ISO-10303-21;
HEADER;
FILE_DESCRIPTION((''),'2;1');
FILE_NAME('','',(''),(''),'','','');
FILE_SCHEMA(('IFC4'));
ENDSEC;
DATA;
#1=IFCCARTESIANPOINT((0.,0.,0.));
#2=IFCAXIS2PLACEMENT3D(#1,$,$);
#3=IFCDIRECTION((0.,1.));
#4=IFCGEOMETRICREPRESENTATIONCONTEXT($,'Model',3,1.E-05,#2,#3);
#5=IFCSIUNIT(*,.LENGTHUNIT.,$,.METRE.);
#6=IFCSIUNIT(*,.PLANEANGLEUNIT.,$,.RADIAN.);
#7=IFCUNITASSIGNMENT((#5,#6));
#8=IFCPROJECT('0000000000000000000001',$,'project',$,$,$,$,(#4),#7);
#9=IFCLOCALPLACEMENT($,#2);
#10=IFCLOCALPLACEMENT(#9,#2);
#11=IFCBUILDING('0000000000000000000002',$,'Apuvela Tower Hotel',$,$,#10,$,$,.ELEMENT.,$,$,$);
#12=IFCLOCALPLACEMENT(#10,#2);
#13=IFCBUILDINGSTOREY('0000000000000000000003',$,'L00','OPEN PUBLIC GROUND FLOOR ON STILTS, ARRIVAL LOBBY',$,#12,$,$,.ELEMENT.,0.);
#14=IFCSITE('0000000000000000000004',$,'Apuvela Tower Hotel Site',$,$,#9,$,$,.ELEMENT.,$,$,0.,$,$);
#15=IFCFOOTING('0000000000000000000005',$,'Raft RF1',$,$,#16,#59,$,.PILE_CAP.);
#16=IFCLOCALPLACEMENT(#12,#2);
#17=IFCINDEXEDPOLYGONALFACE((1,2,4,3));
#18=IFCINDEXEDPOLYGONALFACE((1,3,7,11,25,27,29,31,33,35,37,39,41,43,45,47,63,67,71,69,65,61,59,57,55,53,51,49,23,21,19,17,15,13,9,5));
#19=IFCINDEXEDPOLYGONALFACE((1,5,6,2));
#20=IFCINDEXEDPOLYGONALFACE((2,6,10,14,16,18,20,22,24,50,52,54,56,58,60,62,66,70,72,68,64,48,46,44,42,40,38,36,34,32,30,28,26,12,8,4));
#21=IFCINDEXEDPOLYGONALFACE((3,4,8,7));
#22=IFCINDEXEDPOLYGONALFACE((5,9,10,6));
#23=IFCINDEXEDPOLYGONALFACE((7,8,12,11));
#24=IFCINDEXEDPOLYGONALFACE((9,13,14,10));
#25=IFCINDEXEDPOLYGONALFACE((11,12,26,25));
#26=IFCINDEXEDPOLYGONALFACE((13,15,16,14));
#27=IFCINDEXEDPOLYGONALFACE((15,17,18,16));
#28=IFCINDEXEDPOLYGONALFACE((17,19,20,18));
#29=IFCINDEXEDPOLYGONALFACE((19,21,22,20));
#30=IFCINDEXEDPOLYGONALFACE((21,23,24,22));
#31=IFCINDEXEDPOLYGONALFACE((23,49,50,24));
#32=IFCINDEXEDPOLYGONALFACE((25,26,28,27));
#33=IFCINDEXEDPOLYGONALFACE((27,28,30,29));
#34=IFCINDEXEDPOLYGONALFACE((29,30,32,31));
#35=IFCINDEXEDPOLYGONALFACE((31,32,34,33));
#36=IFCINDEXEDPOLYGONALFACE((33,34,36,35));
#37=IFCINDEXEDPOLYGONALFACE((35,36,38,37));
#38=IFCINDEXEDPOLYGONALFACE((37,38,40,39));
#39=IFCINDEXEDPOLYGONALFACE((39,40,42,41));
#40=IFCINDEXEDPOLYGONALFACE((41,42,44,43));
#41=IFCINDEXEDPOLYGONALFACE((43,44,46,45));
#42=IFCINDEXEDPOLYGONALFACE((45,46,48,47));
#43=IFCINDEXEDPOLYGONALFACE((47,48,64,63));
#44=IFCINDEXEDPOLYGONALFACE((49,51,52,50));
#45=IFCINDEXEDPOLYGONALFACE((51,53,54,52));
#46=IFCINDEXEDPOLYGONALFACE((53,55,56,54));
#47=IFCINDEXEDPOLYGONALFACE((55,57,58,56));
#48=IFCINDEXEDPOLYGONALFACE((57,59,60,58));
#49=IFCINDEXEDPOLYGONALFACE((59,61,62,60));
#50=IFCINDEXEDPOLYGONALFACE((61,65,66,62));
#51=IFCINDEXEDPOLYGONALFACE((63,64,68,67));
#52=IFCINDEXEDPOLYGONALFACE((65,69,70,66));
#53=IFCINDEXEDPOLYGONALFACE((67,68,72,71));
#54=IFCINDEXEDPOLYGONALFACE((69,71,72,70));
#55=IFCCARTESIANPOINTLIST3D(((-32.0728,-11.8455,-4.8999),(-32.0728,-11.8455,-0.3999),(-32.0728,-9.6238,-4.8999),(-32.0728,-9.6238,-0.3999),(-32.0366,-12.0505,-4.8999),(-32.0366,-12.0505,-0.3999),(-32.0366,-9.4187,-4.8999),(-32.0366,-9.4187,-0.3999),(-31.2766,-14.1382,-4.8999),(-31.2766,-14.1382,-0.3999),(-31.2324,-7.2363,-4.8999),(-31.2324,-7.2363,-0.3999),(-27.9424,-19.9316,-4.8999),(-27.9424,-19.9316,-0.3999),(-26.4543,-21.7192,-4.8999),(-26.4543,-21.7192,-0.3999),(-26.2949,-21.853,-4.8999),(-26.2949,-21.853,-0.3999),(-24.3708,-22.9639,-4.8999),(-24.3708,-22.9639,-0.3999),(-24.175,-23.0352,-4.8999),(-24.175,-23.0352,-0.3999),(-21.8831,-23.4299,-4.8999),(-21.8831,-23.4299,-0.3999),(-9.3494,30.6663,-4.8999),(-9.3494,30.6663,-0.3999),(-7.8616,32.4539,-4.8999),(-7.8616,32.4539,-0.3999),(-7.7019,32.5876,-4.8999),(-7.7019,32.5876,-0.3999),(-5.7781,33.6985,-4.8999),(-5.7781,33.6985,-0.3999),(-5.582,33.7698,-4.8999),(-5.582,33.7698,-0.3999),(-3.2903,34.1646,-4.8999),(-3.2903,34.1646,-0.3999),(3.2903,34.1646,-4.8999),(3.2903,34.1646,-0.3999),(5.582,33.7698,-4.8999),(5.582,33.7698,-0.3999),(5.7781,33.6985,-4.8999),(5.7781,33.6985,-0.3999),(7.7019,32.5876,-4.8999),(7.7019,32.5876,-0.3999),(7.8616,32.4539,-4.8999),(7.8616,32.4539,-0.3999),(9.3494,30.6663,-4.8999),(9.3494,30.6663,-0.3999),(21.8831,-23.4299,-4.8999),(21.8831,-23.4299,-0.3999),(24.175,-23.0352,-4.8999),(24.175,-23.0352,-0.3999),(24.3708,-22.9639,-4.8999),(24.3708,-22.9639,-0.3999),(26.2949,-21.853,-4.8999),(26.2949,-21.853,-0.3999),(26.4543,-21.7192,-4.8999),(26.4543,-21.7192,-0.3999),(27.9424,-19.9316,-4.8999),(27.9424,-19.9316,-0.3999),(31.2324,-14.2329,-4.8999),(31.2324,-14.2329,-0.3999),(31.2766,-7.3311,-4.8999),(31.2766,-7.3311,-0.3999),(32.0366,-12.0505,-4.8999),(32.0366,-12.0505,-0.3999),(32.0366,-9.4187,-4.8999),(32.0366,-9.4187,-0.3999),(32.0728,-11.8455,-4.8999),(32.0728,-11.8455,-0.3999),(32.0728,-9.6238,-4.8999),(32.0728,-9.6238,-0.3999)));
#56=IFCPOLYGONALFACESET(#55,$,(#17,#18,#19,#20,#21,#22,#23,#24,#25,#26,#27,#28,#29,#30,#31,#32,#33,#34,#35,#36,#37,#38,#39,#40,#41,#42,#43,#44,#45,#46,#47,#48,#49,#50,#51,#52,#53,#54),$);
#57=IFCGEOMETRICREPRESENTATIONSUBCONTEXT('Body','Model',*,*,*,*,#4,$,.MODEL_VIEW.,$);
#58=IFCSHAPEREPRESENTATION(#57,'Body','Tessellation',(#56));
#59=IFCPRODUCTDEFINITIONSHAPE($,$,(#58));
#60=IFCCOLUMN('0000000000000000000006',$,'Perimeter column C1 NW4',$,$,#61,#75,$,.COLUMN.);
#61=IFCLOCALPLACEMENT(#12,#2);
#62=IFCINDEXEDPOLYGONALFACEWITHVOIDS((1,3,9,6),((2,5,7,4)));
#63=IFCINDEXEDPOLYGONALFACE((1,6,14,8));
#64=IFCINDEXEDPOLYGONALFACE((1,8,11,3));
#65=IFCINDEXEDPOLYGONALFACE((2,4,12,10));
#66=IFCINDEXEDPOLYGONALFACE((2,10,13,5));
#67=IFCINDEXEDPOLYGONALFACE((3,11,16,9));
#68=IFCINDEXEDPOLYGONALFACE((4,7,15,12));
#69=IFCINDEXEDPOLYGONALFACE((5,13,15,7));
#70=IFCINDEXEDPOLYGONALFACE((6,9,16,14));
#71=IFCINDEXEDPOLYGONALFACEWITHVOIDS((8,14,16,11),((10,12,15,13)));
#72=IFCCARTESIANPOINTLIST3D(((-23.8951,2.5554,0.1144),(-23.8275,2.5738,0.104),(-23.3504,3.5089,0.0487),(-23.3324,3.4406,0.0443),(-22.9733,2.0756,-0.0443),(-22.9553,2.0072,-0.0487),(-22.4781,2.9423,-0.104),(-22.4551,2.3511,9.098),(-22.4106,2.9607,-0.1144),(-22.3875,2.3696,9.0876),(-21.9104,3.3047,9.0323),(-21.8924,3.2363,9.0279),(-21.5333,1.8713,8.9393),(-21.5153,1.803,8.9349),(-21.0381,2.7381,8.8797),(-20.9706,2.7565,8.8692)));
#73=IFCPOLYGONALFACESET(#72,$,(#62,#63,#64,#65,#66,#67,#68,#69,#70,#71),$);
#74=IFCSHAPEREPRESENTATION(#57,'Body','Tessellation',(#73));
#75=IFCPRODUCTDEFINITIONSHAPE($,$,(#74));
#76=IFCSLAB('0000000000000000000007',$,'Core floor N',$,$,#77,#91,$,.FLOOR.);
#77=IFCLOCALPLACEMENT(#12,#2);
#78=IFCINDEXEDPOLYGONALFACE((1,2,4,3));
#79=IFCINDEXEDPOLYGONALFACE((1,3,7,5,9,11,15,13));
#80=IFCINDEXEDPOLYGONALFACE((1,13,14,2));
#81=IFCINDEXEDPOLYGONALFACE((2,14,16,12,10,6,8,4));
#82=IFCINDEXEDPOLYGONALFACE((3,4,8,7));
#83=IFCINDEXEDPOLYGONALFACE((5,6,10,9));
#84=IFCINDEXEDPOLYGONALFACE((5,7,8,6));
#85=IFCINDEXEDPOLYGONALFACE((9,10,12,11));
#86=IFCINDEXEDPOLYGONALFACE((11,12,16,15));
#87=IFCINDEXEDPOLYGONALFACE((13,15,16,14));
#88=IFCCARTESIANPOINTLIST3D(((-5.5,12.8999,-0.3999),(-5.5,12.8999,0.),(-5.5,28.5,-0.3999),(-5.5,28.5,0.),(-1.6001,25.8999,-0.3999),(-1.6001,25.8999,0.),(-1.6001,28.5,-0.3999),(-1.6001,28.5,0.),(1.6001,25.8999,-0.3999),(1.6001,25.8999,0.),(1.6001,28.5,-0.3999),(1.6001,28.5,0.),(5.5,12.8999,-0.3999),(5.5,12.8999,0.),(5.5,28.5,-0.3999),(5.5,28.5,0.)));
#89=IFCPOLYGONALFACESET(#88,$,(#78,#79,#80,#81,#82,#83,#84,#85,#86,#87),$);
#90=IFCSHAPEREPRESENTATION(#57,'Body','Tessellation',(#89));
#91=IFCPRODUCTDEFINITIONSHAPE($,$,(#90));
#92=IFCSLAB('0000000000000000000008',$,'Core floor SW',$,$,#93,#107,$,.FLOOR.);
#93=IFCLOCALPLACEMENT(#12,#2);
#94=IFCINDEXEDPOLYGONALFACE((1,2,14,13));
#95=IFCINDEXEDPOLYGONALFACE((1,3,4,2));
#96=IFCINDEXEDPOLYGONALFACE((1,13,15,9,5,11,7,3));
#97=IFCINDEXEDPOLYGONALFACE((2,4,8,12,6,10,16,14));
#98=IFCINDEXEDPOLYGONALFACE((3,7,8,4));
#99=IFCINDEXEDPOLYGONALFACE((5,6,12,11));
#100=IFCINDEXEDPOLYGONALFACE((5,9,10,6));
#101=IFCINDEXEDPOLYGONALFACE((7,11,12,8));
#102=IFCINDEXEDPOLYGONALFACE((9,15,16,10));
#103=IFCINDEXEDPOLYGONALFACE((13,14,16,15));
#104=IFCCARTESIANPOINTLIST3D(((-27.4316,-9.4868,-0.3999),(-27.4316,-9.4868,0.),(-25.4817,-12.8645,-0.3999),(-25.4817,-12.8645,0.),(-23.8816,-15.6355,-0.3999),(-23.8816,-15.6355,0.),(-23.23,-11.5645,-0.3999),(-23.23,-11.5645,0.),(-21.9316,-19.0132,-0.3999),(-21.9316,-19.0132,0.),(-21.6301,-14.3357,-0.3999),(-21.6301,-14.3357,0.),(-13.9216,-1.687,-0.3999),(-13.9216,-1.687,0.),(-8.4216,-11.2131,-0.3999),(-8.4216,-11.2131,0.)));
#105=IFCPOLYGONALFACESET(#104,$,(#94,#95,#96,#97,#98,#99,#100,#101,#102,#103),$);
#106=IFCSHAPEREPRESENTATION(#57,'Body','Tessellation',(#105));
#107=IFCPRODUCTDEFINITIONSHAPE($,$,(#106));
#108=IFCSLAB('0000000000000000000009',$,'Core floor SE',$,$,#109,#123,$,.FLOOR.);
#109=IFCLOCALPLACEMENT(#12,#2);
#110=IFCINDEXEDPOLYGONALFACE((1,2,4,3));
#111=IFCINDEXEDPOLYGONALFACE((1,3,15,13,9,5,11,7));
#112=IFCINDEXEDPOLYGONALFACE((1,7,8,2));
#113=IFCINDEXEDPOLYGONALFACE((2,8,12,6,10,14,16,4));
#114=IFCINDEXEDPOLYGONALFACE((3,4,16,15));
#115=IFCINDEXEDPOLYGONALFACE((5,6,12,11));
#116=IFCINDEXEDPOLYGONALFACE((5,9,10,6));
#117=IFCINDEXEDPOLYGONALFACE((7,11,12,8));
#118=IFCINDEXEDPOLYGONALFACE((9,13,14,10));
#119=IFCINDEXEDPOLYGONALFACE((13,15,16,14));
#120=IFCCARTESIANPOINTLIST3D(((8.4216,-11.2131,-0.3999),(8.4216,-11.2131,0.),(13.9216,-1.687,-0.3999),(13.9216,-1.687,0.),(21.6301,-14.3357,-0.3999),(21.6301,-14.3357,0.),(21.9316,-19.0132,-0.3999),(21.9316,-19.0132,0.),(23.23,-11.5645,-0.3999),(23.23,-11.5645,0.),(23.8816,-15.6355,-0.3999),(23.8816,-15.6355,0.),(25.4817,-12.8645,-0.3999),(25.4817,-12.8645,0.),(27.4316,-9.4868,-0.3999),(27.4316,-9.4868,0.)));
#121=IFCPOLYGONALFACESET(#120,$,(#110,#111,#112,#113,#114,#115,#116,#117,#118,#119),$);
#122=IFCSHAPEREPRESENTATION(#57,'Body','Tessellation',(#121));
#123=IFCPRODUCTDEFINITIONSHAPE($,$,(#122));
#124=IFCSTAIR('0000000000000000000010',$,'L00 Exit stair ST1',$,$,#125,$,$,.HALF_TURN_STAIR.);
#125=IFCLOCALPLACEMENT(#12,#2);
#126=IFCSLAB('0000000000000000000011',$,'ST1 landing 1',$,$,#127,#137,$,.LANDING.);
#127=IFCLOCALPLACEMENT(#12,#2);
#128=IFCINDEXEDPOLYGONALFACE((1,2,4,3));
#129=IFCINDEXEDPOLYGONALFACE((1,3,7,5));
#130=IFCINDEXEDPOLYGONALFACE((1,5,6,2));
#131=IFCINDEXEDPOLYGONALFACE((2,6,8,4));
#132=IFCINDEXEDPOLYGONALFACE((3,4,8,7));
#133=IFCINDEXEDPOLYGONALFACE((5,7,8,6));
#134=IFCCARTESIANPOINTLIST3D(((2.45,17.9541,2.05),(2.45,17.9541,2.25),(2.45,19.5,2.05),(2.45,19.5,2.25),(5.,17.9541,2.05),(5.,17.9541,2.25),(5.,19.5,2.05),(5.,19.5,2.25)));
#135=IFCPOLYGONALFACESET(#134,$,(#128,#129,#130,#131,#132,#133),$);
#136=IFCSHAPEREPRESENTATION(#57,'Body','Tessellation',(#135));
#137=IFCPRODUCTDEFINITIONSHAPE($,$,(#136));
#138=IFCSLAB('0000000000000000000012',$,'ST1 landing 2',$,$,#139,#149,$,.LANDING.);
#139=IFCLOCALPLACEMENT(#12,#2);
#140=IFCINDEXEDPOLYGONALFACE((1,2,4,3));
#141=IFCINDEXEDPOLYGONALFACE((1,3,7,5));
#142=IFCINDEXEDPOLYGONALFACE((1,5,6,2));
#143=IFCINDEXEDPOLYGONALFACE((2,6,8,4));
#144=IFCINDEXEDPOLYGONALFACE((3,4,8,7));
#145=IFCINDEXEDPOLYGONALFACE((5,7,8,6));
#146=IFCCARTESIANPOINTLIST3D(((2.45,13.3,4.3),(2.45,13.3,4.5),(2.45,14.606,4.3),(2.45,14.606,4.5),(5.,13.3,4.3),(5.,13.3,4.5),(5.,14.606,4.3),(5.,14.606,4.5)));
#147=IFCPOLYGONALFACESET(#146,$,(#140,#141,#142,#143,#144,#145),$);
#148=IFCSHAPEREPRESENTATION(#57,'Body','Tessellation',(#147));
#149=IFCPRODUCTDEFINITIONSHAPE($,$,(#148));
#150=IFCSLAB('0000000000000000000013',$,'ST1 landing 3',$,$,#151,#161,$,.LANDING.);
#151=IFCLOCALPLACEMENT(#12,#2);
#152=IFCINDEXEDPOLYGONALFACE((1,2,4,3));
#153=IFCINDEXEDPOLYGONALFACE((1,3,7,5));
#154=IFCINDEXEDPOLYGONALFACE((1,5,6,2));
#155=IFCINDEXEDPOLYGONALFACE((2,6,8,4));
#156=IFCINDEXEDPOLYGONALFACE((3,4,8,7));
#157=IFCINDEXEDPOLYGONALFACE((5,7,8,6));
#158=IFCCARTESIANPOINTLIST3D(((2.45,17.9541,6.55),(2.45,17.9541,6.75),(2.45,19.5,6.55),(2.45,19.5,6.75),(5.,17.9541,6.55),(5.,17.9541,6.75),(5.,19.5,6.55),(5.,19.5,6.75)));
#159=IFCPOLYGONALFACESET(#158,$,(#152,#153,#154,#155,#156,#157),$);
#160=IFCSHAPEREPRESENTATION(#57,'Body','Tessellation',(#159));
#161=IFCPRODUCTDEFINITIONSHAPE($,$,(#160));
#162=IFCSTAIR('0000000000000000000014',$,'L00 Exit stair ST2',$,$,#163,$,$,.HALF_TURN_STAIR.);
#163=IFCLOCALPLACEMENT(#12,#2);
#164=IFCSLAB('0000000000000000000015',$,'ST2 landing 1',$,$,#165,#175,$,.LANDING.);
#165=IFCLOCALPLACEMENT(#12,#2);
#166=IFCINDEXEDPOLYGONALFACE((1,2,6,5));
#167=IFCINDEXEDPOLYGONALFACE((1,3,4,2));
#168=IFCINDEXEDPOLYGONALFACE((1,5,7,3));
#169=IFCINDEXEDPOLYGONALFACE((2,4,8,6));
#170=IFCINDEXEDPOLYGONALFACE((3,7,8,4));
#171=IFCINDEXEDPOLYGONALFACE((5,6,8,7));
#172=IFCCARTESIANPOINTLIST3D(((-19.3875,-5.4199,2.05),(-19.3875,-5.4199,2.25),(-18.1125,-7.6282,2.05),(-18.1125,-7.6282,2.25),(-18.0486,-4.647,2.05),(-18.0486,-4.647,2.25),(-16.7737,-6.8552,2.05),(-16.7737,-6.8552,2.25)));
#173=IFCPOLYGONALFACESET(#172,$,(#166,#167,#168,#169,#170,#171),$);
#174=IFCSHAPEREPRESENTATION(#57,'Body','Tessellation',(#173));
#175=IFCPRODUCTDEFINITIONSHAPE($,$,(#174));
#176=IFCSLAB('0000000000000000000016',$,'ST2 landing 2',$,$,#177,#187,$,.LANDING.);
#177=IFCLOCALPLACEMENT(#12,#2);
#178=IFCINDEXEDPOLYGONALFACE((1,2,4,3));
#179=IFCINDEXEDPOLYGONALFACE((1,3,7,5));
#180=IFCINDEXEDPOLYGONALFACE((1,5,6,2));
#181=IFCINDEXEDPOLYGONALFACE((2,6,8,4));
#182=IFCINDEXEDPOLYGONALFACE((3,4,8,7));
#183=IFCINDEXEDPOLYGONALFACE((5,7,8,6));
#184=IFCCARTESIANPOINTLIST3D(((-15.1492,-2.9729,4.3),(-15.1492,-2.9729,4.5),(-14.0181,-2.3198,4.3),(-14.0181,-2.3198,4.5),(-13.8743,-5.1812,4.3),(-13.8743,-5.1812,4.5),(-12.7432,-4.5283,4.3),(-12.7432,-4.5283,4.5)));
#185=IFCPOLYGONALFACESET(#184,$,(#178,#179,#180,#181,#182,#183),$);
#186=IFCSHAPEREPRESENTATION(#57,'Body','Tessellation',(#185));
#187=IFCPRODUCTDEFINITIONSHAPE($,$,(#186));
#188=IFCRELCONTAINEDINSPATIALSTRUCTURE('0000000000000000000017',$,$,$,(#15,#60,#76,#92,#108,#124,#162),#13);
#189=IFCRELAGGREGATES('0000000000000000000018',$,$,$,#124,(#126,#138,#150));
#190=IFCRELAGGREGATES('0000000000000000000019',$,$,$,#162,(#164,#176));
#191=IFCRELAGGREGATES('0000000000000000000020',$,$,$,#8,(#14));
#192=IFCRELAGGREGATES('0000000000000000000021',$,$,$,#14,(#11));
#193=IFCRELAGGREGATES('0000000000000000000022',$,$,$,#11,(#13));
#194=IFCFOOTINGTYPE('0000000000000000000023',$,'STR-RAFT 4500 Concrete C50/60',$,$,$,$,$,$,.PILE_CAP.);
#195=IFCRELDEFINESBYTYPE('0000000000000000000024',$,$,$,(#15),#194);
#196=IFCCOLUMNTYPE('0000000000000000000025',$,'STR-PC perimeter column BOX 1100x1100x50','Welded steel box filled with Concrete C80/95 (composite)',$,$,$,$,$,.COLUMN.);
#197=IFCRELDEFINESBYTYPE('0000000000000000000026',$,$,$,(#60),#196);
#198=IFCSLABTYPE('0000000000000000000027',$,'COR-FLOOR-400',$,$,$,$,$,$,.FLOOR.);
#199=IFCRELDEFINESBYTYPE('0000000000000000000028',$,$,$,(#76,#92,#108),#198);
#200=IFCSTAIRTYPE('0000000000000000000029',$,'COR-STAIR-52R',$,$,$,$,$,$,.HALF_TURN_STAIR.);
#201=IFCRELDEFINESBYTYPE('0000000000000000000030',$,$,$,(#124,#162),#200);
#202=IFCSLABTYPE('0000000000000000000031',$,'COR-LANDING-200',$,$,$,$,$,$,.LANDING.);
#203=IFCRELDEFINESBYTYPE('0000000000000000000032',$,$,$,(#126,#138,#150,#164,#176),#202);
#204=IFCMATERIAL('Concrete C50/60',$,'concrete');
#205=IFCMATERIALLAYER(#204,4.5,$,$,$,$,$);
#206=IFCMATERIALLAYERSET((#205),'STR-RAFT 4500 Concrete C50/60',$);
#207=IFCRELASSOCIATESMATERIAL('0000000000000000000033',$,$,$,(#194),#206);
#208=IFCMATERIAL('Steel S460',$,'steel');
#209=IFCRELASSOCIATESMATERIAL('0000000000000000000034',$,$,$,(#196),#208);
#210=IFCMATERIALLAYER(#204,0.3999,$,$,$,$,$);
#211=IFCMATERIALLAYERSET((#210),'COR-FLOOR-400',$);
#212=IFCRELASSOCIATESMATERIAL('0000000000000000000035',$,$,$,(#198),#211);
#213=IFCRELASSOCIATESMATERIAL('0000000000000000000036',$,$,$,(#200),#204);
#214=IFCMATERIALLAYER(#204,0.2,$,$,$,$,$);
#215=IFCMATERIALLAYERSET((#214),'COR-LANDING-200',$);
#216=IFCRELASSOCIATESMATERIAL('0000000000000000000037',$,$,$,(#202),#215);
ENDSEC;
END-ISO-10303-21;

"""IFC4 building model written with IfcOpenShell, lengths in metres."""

from ifc_helpers import new_model, si_unit, direction, frame, origin, origin_2d, place, context, subcontext, project, spatial, polyline, rectangle, hollow_rectangle, outline, extrude, boolean, halfspace, material, layer, layer_set, material_profile, profile_set, type_object, element, aggregate, save


model = new_model("IFC4")

# Units and contexts
model_context = context("Model", 3, precision=1e-05, world=origin(), true_north=direction((0.0, 1.0)))
body_context = subcontext(model_context, "Body", "Model", "MODEL_VIEW")
ifc_project = project(units=[si_unit("LENGTHUNIT", "METRE"), si_unit("PLANEANGLEUNIT", "RADIAN")], contexts=[model_context])

# Site, building, storey
site_placement = place(None, origin())
site = spatial("IfcSite", under=ifc_project, at=site_placement, Name="Apuvela Tower Hotel Site", CompositionType="ELEMENT", RefElevation=0.0)
building_placement = place(site_placement, origin())
building = spatial("IfcBuilding", under=site, at=building_placement, Name="Apuvela Tower Hotel", CompositionType="ELEMENT")
storey_placement = place(building_placement, origin())
storey = spatial("IfcBuildingStorey", under=building, at=storey_placement, Name="L00", Description="OPEN PUBLIC GROUND FLOOR ON STILTS, ARRIVAL LOBBY", CompositionType="ELEMENT", Elevation=0.0)

# Footing
ifc_material_1 = material(Name="Concrete C50/60", Category="concrete")
ifc_layer_1 = layer(ifc_material_1, 4.5)
ifc_layer_set_1 = layer_set([ifc_layer_1], Name="STR-RAFT 4500 Concrete C50/60")
footing_type = type_object("IfcFootingType", Name="STR-RAFT 4500 Concrete C50/60", PredefinedType="PILE_CAP", material=ifc_layer_set_1)
footing_placement = place(storey_placement, frame((0.0, 0.0, -4.8999)))
element("IfcFooting", 1, at=footing_placement, inside=storey, type_object=footing_type, Name="Raft RF1", PredefinedType="PILE_CAP", context=body_context, shape_type="SweptSolid", body=[
    extrude(outline(polyline([(9.3494, 30.6663), (31.2766, -7.3311), (32.0366, -9.4187), (32.0728, -9.6238), (32.0728, -11.8455), (32.0366, -12.0505), (31.2324, -14.2329), (27.9424, -19.9316), (26.4543, -21.7192), (26.2949, -21.853), (24.3708, -22.9639), (24.175, -23.0352), (21.8831, -23.4299), (-21.8831, -23.4299), (-24.175, -23.0352), (-24.3708, -22.9639), (-26.2949, -21.853), (-26.4543, -21.7192), (-27.9424, -19.9316), (-31.2766, -14.1382), (-32.0366, -12.0505), (-32.0728, -11.8455), (-32.0728, -9.6238), (-32.0366, -9.4187), (-31.2324, -7.2363), (-9.3494, 30.6663), (-7.8616, 32.4539), (-7.7019, 32.5876), (-5.7781, 33.6985), (-5.582, 33.7698), (-3.2903, 34.1646), (3.2903, 34.1646), (5.582, 33.7698), (5.7781, 33.6985), (7.7019, 32.5876), (7.8616, 32.4539), (9.3494, 30.6663)])), origin(), (0.0, 0.0, 1.0), 4.5),
])

# Column
ifc_material_2 = material(Name="Steel S460", Category="steel")
ifc_material_profile_1 = material_profile(ifc_material_2, hollow_rectangle(XDim=1.1001, YDim=1.1001, WallThickness=0.05, at=origin_2d()), Name="BOX 1100x1100x50")
ifc_material_3 = material(Name="Concrete C80/95", Category="concrete")
ifc_material_profile_2 = material_profile(ifc_material_3, rectangle(XDim=1.0, YDim=1.0, at=origin_2d()), Name="Concrete C80/95 infill")
ifc_profile_set_1 = profile_set([ifc_material_profile_1, ifc_material_profile_2], Name="Steel S460")
column_type = type_object("IfcColumnType", Name="STR-PC perimeter column BOX 1100x1100x50", Description="Welded steel box filled with Concrete C80/95 (composite)", PredefinedType="COLUMN", material=ifc_profile_set_1)
column_placement = place(storey_placement, frame((-23.1528, 2.7581, 0.0), z_axis=(0.158232, -0.02244, 0.987147), x_axis=(-0.495169, -0.866745, 0.059669)))
element("IfcColumn", 2, at=column_placement, inside=storey, type_object=column_type, Name="Perimeter column C1 NW4", PredefinedType="COLUMN", context=body_context, shape_type="SweptSolid", body=[
    boolean("DIFFERENCE", extrude(hollow_rectangle(XDim=1.1001, YDim=1.1001, WallThickness=0.05, at=origin_2d()), origin(), (0.0, 0.0, 1.0), 9.1172), halfspace(frame((0.0, 0.0, 9.1006), z_axis=(0.0, 0.0, 1.0), x_axis=(1.0, 0.0, 0.0)), False)),
])

# Slabs
ifc_layer_2 = layer(ifc_material_1, 0.3999)
ifc_layer_set_2 = layer_set([ifc_layer_2], Name="COR-FLOOR-400")
slab_type_1 = type_object("IfcSlabType", Name="COR-FLOOR-400", PredefinedType="FLOOR", material=ifc_layer_set_2)
slab_1_placement = place(storey_placement, frame((0.0, 0.0, -0.3999)))
element("IfcSlab", 3, at=slab_1_placement, inside=storey, type_object=slab_type_1, Name="Core floor N", PredefinedType="FLOOR", context=body_context, shape_type="SweptSolid", body=[
    extrude(outline(polyline([(5.5, 12.8999), (5.5, 28.5), (1.6001, 28.5), (1.6001, 25.8999), (-1.6001, 25.8999), (-1.6001, 28.5), (-5.5, 28.5), (-5.5, 12.8999), (5.5, 12.8999)])), origin(), (0.0, 0.0, 1.0), 0.3999),
])
slab_2_placement = place(storey_placement, frame((0.0, 0.0, -0.3999)))
element("IfcSlab", 4, at=slab_2_placement, inside=storey, type_object=slab_type_1, Name="Core floor SW", PredefinedType="FLOOR", context=body_context, shape_type="SweptSolid", body=[
    extrude(outline(polyline([(-13.9216, -1.687), (-27.4316, -9.4868), (-25.4817, -12.8645), (-23.23, -11.5645), (-21.6301, -14.3357), (-23.8816, -15.6355), (-21.9316, -19.0132), (-8.4216, -11.2131), (-13.9216, -1.687)])), origin(), (0.0, 0.0, 1.0), 0.3999),
])
slab_3_placement = place(storey_placement, frame((0.0, 0.0, -0.3999)))
element("IfcSlab", 5, at=slab_3_placement, inside=storey, type_object=slab_type_1, Name="Core floor SE", PredefinedType="FLOOR", context=body_context, shape_type="SweptSolid", body=[
    extrude(outline(polyline([(8.4216, -11.2131), (21.9316, -19.0132), (23.8816, -15.6355), (21.6301, -14.3357), (23.23, -11.5645), (25.4817, -12.8645), (27.4316, -9.4868), (13.9216, -1.687), (8.4216, -11.2131)])), origin(), (0.0, 0.0, 1.0), 0.3999),
])

# Stairs, slabs
stair_type_1 = type_object("IfcStairType", Name="COR-STAIR-52R", PredefinedType="HALF_TURN_STAIR", material=ifc_material_1)
stair_1_placement = place(storey_placement, origin())
stair_1 = element("IfcStair", 6, at=stair_1_placement, inside=storey, type_object=stair_type_1, Name="L00 Exit stair ST1", PredefinedType="HALF_TURN_STAIR")
ifc_layer_3 = layer(ifc_material_1, 0.2)
ifc_layer_set_3 = layer_set([ifc_layer_3], Name="COR-LANDING-200")
slab_type_2 = type_object("IfcSlabType", Name="COR-LANDING-200", PredefinedType="LANDING", material=ifc_layer_set_3)
slab_4_placement = place(storey_placement, frame((0.0, 0.0, 2.05)))
slab_4 = element("IfcSlab", 7, at=slab_4_placement, type_object=slab_type_2, Name="ST1 landing 1", PredefinedType="LANDING", context=body_context, shape_type="SweptSolid", body=[
    extrude(outline(polyline([(5.0, 17.9541), (5.0, 19.5), (2.45, 19.5), (2.45, 17.9541), (5.0, 17.9541)])), origin(), (0.0, 0.0, 1.0), 0.2),
])
slab_5_placement = place(storey_placement, frame((0.0, 0.0, 4.3)))
slab_5 = element("IfcSlab", 8, at=slab_5_placement, type_object=slab_type_2, Name="ST1 landing 2", PredefinedType="LANDING", context=body_context, shape_type="SweptSolid", body=[
    extrude(outline(polyline([(5.0, 13.3), (5.0, 14.606), (2.45, 14.606), (2.45, 13.3), (5.0, 13.3)])), origin(), (0.0, 0.0, 1.0), 0.2),
])
slab_6_placement = place(storey_placement, frame((0.0, 0.0, 6.55)))
slab_6 = element("IfcSlab", 9, at=slab_6_placement, type_object=slab_type_2, Name="ST1 landing 3", PredefinedType="LANDING", context=body_context, shape_type="SweptSolid", body=[
    extrude(outline(polyline([(5.0, 17.9541), (5.0, 19.5), (2.45, 19.5), (2.45, 17.9541), (5.0, 17.9541)])), origin(), (0.0, 0.0, 1.0), 0.2),
])
aggregate(stair_1, [slab_4, slab_5, slab_6])
stair_2_placement = place(storey_placement, origin())
stair_2 = element("IfcStair", 10, at=stair_2_placement, inside=storey, type_object=stair_type_1, Name="L00 Exit stair ST2", PredefinedType="HALF_TURN_STAIR")
slab_7_placement = place(storey_placement, frame((0.0, 0.0, 2.05)))
slab_7 = element("IfcSlab", 11, at=slab_7_placement, type_object=slab_type_2, Name="ST2 landing 1", PredefinedType="LANDING", context=body_context, shape_type="SweptSolid", body=[
    extrude(outline(polyline([(-18.0486, -4.647), (-19.3875, -5.4199), (-18.1125, -7.6282), (-16.7737, -6.8552), (-18.0486, -4.647)])), origin(), (0.0, 0.0, 1.0), 0.2),
])
slab_8_placement = place(storey_placement, frame((0.0, 0.0, 4.3)))
slab_8 = element("IfcSlab", 12, at=slab_8_placement, type_object=slab_type_2, Name="ST2 landing 2", PredefinedType="LANDING", context=body_context, shape_type="SweptSolid", body=[
    extrude(outline(polyline([(-14.0181, -2.3198), (-15.1492, -2.9729), (-13.8743, -5.1812), (-12.7432, -4.5283), (-14.0181, -2.3198)])), origin(), (0.0, 0.0, 1.0), 0.2),
])
aggregate(stair_2, [slab_7, slab_8])

save(model, "model.ifc")
